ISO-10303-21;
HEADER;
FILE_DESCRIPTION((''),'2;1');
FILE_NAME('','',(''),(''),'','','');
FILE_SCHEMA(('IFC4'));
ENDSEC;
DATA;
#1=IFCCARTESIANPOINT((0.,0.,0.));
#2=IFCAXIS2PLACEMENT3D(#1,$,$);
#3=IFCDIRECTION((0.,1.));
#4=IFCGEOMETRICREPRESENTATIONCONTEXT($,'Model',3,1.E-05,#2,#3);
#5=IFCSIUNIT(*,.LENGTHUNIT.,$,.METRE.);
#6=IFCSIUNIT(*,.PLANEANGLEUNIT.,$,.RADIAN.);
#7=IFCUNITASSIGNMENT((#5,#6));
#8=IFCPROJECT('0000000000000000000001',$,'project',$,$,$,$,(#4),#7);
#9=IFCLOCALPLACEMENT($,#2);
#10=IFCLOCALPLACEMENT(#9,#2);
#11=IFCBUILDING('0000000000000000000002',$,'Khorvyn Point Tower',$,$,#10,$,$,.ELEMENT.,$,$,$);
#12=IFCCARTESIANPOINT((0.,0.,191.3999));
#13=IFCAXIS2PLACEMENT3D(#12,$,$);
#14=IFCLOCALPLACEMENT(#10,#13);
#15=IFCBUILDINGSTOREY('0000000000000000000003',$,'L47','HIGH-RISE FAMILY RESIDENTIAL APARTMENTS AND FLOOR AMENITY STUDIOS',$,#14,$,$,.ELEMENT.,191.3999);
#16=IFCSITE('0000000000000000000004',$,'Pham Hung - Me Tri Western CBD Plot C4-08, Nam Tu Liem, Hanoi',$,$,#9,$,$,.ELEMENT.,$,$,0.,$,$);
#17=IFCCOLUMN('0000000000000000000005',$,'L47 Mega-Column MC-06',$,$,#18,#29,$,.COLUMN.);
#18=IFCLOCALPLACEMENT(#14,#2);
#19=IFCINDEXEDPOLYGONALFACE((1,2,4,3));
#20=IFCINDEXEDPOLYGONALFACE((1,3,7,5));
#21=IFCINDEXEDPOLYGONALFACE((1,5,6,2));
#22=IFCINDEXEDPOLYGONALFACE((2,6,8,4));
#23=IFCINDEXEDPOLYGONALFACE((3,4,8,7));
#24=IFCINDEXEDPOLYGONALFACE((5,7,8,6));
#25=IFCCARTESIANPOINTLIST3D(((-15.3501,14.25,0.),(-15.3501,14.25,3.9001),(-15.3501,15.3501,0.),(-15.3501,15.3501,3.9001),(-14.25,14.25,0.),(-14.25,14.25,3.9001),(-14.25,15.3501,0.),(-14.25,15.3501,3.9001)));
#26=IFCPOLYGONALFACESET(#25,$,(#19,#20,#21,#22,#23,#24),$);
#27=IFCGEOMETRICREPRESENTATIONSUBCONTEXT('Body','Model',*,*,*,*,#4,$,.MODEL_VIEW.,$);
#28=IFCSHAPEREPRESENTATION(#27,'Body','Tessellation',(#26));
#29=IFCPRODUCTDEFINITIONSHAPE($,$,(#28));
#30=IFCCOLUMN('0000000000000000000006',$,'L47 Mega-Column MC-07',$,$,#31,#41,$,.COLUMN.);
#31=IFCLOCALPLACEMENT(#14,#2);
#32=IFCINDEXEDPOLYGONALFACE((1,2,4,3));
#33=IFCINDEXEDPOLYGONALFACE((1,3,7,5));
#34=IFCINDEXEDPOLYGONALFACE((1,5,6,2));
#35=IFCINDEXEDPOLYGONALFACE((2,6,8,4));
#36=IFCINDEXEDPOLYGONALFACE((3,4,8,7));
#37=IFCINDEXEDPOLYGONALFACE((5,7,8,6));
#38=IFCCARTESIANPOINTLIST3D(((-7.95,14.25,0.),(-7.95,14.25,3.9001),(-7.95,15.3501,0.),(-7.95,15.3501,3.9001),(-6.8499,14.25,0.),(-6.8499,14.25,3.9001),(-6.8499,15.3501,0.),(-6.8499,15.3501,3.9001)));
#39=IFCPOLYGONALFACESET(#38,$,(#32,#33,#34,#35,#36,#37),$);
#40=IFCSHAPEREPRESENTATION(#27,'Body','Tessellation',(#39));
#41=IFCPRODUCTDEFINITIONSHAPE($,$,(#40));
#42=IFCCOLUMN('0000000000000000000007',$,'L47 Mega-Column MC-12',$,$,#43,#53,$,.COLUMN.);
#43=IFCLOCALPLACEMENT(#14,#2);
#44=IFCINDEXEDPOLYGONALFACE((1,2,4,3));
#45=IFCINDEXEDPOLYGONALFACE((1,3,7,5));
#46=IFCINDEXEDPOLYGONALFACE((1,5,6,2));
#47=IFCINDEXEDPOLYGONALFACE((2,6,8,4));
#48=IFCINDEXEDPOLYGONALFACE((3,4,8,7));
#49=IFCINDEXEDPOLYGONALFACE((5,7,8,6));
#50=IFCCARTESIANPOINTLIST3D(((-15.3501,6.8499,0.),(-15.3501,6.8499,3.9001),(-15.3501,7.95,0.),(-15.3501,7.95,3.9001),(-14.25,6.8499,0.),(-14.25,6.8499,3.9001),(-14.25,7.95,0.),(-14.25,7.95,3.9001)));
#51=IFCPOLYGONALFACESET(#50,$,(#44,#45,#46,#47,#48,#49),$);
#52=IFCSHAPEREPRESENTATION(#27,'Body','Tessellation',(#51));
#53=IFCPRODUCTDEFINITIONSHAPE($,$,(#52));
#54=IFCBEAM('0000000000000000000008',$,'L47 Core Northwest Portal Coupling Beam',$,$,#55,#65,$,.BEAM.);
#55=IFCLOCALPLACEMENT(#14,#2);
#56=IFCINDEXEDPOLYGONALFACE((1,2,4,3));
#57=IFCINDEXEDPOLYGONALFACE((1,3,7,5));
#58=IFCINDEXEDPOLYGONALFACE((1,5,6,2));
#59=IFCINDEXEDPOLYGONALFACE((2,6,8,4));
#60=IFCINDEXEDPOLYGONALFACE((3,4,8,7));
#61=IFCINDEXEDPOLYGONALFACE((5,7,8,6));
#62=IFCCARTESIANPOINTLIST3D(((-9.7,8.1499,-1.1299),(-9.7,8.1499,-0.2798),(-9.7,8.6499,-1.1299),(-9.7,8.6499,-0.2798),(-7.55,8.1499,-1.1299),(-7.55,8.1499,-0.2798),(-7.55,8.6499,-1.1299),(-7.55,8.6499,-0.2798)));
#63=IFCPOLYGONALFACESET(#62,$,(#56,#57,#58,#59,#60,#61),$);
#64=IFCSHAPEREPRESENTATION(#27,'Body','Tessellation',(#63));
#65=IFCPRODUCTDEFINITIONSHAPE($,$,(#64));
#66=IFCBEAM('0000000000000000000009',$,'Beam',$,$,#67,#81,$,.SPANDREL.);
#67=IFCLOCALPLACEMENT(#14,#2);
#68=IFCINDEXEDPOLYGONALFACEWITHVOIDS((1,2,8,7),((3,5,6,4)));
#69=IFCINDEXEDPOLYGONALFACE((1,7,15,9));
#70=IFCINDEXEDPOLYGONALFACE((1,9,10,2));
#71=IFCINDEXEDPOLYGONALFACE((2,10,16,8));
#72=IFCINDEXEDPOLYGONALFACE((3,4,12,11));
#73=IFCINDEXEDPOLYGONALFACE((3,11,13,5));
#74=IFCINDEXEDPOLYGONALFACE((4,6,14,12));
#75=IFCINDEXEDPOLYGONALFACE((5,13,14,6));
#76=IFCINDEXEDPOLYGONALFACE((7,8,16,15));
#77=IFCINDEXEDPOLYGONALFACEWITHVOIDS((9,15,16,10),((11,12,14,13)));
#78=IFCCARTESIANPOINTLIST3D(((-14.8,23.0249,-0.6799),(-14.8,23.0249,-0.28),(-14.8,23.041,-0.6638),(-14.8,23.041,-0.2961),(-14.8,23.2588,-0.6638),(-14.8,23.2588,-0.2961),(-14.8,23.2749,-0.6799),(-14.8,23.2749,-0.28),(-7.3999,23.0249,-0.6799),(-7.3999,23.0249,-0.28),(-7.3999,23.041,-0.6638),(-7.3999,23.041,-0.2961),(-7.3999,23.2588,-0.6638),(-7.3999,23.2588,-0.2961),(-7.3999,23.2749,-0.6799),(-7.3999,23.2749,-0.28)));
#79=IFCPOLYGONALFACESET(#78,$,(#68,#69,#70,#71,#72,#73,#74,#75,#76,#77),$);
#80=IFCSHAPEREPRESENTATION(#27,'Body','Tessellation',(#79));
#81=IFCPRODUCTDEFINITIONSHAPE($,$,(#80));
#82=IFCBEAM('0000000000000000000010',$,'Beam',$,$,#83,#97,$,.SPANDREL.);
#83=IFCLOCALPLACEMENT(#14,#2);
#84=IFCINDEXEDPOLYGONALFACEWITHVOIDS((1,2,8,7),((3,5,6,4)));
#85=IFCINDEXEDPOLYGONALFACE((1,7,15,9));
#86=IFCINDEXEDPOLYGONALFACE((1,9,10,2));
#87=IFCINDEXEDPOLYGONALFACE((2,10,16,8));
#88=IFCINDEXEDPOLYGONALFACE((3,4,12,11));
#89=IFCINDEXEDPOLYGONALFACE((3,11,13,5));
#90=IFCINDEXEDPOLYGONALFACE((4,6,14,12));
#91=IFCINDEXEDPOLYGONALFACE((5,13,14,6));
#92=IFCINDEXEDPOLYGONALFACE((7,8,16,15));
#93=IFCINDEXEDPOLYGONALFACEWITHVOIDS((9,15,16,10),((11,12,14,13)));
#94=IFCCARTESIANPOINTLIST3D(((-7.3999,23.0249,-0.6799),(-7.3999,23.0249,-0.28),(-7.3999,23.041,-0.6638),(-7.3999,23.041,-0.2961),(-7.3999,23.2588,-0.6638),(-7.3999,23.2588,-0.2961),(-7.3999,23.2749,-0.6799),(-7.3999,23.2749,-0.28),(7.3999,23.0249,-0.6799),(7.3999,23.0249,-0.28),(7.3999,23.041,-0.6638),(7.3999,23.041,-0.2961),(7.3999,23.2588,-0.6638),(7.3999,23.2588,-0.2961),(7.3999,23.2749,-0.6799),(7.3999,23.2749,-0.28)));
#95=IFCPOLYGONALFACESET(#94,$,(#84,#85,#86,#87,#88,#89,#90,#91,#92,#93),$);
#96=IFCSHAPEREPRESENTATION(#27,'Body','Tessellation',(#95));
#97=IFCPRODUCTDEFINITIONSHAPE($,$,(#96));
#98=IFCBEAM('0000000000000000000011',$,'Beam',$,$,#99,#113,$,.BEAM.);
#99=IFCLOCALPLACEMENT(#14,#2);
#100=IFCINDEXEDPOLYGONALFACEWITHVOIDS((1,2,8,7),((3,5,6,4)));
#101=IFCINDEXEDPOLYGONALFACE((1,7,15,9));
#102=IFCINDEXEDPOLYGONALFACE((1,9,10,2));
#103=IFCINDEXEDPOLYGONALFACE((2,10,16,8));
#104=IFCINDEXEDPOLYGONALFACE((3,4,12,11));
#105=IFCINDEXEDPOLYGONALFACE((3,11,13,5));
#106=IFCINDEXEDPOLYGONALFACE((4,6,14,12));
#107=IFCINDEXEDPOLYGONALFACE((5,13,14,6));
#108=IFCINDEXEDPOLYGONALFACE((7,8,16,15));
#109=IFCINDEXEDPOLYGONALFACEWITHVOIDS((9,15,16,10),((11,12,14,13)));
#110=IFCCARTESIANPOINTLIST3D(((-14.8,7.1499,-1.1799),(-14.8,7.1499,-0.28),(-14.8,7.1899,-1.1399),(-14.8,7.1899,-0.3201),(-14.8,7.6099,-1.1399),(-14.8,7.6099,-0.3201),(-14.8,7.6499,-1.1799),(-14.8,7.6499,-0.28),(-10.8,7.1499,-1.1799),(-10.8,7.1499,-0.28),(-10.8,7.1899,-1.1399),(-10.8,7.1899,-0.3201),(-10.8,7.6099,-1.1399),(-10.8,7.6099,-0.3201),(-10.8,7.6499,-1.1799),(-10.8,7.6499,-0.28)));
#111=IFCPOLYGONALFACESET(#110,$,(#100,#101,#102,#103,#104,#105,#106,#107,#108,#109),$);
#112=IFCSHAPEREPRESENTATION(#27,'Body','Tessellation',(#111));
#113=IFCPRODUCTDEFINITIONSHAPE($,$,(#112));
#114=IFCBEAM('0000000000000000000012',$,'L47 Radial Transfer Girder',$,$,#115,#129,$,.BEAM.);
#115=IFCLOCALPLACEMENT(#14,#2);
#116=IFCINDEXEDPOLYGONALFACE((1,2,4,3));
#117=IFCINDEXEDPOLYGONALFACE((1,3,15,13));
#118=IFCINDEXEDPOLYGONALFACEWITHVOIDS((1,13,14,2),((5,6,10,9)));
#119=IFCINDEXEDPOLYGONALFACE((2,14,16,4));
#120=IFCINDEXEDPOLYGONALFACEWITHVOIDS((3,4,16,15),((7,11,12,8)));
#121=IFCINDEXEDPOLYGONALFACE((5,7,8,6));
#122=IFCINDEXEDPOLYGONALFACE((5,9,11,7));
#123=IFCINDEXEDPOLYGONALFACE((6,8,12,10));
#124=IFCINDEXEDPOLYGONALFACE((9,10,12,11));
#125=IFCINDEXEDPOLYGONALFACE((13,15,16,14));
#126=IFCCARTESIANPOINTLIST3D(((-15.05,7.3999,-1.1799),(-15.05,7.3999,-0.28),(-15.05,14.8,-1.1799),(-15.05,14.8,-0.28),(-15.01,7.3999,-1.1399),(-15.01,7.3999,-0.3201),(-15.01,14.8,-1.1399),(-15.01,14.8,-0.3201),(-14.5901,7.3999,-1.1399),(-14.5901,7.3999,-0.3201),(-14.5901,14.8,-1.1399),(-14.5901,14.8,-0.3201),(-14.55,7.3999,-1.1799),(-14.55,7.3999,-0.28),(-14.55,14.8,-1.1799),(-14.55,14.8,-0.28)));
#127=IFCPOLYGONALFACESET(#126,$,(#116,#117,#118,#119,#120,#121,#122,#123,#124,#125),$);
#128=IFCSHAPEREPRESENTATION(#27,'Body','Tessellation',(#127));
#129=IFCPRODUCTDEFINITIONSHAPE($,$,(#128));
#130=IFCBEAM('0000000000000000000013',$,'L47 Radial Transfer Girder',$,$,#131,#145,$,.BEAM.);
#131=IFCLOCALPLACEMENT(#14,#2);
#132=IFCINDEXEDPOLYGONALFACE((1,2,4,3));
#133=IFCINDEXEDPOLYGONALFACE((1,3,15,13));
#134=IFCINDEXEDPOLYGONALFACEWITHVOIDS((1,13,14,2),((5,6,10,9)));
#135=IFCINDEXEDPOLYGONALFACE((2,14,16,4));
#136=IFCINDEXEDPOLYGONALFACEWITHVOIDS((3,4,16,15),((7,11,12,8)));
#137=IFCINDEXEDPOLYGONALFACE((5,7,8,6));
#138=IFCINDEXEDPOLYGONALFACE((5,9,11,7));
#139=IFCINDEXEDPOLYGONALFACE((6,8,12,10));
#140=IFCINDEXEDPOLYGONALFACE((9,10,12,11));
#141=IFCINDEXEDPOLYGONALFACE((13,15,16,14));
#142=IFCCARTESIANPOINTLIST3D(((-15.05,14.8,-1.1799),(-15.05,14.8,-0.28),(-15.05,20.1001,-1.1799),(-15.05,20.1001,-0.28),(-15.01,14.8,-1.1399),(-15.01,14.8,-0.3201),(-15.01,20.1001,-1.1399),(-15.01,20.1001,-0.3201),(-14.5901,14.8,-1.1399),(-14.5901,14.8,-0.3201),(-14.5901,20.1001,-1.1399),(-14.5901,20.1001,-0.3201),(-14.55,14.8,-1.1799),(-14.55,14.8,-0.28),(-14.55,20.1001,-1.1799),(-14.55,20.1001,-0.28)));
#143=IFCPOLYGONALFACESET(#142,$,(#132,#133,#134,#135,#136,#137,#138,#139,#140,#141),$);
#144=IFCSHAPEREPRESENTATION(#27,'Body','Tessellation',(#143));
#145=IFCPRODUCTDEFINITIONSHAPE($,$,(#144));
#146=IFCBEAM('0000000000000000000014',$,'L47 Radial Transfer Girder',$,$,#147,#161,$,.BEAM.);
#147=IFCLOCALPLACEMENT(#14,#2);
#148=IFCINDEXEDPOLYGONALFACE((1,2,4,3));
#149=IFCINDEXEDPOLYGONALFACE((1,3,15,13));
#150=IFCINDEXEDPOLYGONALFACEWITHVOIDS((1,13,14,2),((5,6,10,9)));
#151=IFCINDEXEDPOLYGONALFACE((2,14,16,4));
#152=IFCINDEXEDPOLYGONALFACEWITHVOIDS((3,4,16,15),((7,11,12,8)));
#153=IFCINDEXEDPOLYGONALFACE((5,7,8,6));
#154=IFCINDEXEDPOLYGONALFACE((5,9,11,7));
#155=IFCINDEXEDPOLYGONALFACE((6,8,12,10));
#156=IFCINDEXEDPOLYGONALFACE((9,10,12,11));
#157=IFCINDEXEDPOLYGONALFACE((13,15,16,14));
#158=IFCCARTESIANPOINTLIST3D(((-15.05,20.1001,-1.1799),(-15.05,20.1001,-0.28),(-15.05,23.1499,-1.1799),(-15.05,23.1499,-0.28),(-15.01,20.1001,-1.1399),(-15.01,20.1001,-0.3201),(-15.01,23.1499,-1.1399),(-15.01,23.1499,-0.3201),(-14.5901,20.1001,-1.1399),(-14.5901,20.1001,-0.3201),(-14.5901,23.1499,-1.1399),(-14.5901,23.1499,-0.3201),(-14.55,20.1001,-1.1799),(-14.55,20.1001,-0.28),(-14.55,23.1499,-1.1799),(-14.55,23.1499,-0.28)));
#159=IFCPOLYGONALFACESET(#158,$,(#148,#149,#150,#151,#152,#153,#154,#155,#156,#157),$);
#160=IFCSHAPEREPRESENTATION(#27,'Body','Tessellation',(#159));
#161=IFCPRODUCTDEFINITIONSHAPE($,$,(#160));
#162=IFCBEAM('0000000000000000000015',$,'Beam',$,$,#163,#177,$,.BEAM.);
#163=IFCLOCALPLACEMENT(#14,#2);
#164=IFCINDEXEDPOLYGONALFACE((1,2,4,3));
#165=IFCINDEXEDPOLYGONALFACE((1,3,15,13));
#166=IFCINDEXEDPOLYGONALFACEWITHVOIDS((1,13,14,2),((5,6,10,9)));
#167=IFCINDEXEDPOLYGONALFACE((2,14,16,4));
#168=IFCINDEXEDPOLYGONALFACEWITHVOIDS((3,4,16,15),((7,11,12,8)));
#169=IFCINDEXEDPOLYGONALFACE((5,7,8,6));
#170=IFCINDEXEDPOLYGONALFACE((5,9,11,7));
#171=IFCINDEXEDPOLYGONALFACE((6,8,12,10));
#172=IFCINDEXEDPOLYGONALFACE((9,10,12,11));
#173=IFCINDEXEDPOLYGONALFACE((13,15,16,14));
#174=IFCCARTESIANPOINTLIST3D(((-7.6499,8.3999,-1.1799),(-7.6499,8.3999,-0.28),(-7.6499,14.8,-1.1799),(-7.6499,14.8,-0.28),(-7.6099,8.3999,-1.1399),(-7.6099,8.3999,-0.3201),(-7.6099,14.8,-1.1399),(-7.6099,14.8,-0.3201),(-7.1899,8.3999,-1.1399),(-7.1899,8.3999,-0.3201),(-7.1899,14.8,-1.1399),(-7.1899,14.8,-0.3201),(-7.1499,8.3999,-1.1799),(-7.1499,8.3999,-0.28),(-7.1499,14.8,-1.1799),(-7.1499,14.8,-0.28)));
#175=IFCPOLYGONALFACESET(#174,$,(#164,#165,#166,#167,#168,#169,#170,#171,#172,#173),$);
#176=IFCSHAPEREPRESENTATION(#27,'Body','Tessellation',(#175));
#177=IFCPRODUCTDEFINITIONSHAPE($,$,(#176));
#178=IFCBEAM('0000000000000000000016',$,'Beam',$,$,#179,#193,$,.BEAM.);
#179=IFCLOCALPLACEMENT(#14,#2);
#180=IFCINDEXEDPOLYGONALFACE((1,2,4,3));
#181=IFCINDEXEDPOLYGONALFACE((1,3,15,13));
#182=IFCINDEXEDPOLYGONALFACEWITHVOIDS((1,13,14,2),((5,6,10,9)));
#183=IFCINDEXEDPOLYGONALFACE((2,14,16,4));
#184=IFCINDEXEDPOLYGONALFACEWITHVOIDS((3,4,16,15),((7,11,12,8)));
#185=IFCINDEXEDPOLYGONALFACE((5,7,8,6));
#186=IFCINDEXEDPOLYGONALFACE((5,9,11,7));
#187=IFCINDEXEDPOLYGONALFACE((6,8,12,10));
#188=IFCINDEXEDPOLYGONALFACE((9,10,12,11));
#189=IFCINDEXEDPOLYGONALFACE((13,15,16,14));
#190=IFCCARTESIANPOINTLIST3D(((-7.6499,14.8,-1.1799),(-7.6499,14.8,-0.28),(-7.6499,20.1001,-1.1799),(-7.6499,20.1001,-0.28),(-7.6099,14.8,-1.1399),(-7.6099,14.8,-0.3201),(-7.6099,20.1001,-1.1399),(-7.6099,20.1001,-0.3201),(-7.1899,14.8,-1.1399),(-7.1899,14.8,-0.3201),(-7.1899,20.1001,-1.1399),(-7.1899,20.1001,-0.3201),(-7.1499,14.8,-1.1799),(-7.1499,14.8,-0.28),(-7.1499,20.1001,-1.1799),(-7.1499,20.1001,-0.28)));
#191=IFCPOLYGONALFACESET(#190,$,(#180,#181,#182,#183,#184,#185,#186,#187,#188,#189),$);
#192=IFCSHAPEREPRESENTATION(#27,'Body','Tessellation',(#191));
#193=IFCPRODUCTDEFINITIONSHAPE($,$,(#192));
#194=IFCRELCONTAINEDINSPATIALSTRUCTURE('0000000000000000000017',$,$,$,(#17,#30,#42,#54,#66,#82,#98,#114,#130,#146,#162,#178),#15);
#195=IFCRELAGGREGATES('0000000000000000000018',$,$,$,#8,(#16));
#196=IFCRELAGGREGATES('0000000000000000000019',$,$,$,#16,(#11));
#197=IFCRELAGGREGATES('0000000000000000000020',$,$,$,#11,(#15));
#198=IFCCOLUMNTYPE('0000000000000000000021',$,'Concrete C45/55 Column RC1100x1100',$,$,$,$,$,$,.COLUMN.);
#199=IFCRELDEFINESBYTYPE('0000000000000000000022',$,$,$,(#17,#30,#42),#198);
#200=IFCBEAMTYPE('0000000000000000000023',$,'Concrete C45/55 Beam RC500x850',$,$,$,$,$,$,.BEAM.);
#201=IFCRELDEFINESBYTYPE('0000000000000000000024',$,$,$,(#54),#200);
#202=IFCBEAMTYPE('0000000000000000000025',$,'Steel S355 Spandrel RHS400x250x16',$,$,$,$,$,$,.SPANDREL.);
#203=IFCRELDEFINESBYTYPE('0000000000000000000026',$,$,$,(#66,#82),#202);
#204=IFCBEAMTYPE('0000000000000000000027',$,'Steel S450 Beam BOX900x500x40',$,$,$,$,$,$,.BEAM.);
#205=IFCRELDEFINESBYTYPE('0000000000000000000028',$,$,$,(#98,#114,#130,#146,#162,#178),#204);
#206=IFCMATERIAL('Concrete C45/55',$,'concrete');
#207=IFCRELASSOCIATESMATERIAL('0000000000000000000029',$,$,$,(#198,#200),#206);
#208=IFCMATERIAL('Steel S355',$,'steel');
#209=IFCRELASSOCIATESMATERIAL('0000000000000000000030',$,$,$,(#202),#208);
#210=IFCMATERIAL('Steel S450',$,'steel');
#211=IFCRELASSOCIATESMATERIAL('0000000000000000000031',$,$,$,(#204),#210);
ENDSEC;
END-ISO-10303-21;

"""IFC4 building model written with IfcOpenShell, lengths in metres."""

from ifc_helpers import new_model, si_unit, direction, frame, origin, origin_2d, place, context, subcontext, project, spatial, rectangle, hollow_rectangle, extrude, material, material_profile, profile_set, type_object, element, save


model = new_model("IFC4")

# Units and contexts
model_context = context("Model", 3, precision=1e-05, world=origin(), true_north=direction((0.0, 1.0)))
body_context = subcontext(model_context, "Body", "Model", "MODEL_VIEW")
ifc_project = project(units=[si_unit("LENGTHUNIT", "METRE"), si_unit("PLANEANGLEUNIT", "RADIAN")], contexts=[model_context])

# Site, building, storey
site_placement = place(None, origin())
site = spatial("IfcSite", under=ifc_project, at=site_placement, Name="Pham Hung - Me Tri Western CBD Plot C4-08, Nam Tu Liem, Hanoi", CompositionType="ELEMENT", RefElevation=0.0)
building_placement = place(site_placement, origin())
building = spatial("IfcBuilding", under=site, at=building_placement, Name="Khorvyn Point Tower", CompositionType="ELEMENT")
storey_placement = place(building_placement, frame((0.0, 0.0, 191.3999)))
storey = spatial("IfcBuildingStorey", under=building, at=storey_placement, Name="L47", Description="HIGH-RISE FAMILY RESIDENTIAL APARTMENTS AND FLOOR AMENITY STUDIOS", CompositionType="ELEMENT", Elevation=191.3999)

# Columns
ifc_material_1 = material(Name="Concrete C45/55", Category="concrete")
ifc_material_profile_1 = material_profile(ifc_material_1, rectangle(XDim=1.1001, YDim=1.1001, at=origin_2d()))
ifc_profile_set_1 = profile_set([ifc_material_profile_1], Name="Concrete C45/55 RC1100x1100")
column_type = type_object("IfcColumnType", Name="Concrete C45/55 Column RC1100x1100", PredefinedType="COLUMN", material=ifc_profile_set_1)
for number, where, z_axis, x_axis, name in (
    (1, (-14.8, 14.8, 0.0), (0.0, 0.0, 1.0), (1.0, 0.0, 0.0), "L47 Mega-Column MC-06"),
    (2, (-7.3999, 14.8, 0.0), (0.0, 0.0, 1.0), (1.0, 0.0, 0.0), "L47 Mega-Column MC-07"),
    (3, (-14.8, 7.3999, 0.0), (0.0, 0.0, 1.0), (1.0, 0.0, 0.0), "L47 Mega-Column MC-12"),
):
    element("IfcColumn", number, at=place(storey_placement, frame(where, z_axis=z_axis, x_axis=x_axis)), inside=storey, type_object=column_type, Name=name, PredefinedType="COLUMN", context=body_context, shape_type="SweptSolid", body=[
        extrude(rectangle(XDim=1.1001, YDim=1.1001, at=origin_2d()), origin(), (0.0, 0.0, 1.0), 3.9001),
    ])

# Beams
ifc_material_profile_2 = material_profile(ifc_material_1, rectangle(XDim=0.5, YDim=0.8501, at=origin_2d()))
ifc_profile_set_2 = profile_set([ifc_material_profile_2], Name="Concrete C45/55 RC500x850")
beam_type_1 = type_object("IfcBeamType", Name="Concrete C45/55 Beam RC500x850", PredefinedType="BEAM", material=ifc_profile_set_2)
beam_1_placement = place(storey_placement, frame((-9.7, 8.3999, -0.7048), z_axis=(1.0, 0.0, 0.0), x_axis=(0.0, 1.0, 0.0)))
element("IfcBeam", 4, at=beam_1_placement, inside=storey, type_object=beam_type_1, Name="L47 Core Northwest Portal Coupling Beam", PredefinedType="BEAM", context=body_context, shape_type="SweptSolid", body=[
    extrude(rectangle(XDim=0.5, YDim=0.8501, at=origin_2d()), origin(), (0.0, 0.0, 1.0), 2.1499),
])
ifc_material_2 = material(Name="Steel S355", Category="steel")
ifc_material_profile_3 = material_profile(ifc_material_2, hollow_rectangle(XDim=0.25, YDim=0.3999, WallThickness=0.0161, at=origin_2d()))
ifc_profile_set_3 = profile_set([ifc_material_profile_3], Name="Steel S355 RHS400x250x16")
beam_type_2 = type_object("IfcBeamType", Name="Steel S355 Spandrel RHS400x250x16", PredefinedType="SPANDREL", material=ifc_profile_set_3)
beam_2_placement = place(storey_placement, frame((-14.8, 23.1499, -0.48), z_axis=(1.0, 0.0, 0.0), x_axis=(0.0, 1.0, 0.0)))
element("IfcBeam", 5, at=beam_2_placement, inside=storey, type_object=beam_type_2, Name="Beam", PredefinedType="SPANDREL", context=body_context, shape_type="SweptSolid", body=[
    extrude(hollow_rectangle(XDim=0.25, YDim=0.3999, WallThickness=0.0161, at=origin_2d()), origin(), (0.0, 0.0, 1.0), 7.4001),
])
beam_3_placement = place(storey_placement, frame((-7.3999, 23.1499, -0.48), z_axis=(1.0, 0.0, 0.0), x_axis=(0.0, 1.0, 0.0)))
element("IfcBeam", 6, at=beam_3_placement, inside=storey, type_object=beam_type_2, Name="Beam", PredefinedType="SPANDREL", context=body_context, shape_type="SweptSolid", body=[
    extrude(hollow_rectangle(XDim=0.25, YDim=0.3999, WallThickness=0.0161, at=origin_2d()), origin(), (0.0, 0.0, 1.0), 14.7998),
])
ifc_material_3 = material(Name="Steel S450", Category="steel")
ifc_material_profile_4 = material_profile(ifc_material_3, hollow_rectangle(XDim=0.5, YDim=0.8999, WallThickness=0.04, at=origin_2d()))
ifc_profile_set_4 = profile_set([ifc_material_profile_4], Name="Steel S450 BOX900x500x40")
beam_type_3 = type_object("IfcBeamType", Name="Steel S450 Beam BOX900x500x40", PredefinedType="BEAM", material=ifc_profile_set_4)
beam_4_placement = place(storey_placement, frame((-14.8, 7.3999, -0.73), z_axis=(1.0, 0.0, 0.0), x_axis=(0.0, 1.0, 0.0)))
element("IfcBeam", 7, at=beam_4_placement, inside=storey, type_object=beam_type_3, Name="Beam", PredefinedType="BEAM", context=body_context, shape_type="SweptSolid", body=[
    extrude(hollow_rectangle(XDim=0.5, YDim=0.8999, WallThickness=0.04, at=origin_2d()), origin(), (0.0, 0.0, 1.0), 4.0),
])
beam_5_placement = place(storey_placement, frame((-14.8, 7.3999, -0.73), z_axis=(0.0, 1.0, 0.0), x_axis=(-1.0, 0.0, 0.0)))
element("IfcBeam", 8, at=beam_5_placement, inside=storey, type_object=beam_type_3, Name="L47 Radial Transfer Girder", PredefinedType="BEAM", context=body_context, shape_type="SweptSolid", body=[
    extrude(hollow_rectangle(XDim=0.5, YDim=0.8999, WallThickness=0.04, at=origin_2d()), origin(), (0.0, 0.0, 1.0), 7.4001),
])
beam_6_placement = place(storey_placement, frame((-14.8, 14.8, -0.73), z_axis=(0.0, 1.0, 0.0), x_axis=(-1.0, 0.0, 0.0)))
element("IfcBeam", 9, at=beam_6_placement, inside=storey, type_object=beam_type_3, Name="L47 Radial Transfer Girder", PredefinedType="BEAM", context=body_context, shape_type="SweptSolid", body=[
    extrude(hollow_rectangle(XDim=0.5, YDim=0.8999, WallThickness=0.04, at=origin_2d()), origin(), (0.0, 0.0, 1.0), 5.3),
])
beam_7_placement = place(storey_placement, frame((-14.8, 20.1001, -0.73), z_axis=(0.0, 1.0, 0.0), x_axis=(-1.0, 0.0, 0.0)))
element("IfcBeam", 10, at=beam_7_placement, inside=storey, type_object=beam_type_3, Name="L47 Radial Transfer Girder", PredefinedType="BEAM", context=body_context, shape_type="SweptSolid", body=[
    extrude(hollow_rectangle(XDim=0.5, YDim=0.8999, WallThickness=0.04, at=origin_2d()), origin(), (0.0, 0.0, 1.0), 3.0498),
])
beam_8_placement = place(storey_placement, frame((-7.3999, 8.3999, -0.73), z_axis=(0.0, 1.0, 0.0), x_axis=(-1.0, 0.0, 0.0)))
element("IfcBeam", 11, at=beam_8_placement, inside=storey, type_object=beam_type_3, Name="Beam", PredefinedType="BEAM", context=body_context, shape_type="SweptSolid", body=[
    extrude(hollow_rectangle(XDim=0.5, YDim=0.8999, WallThickness=0.04, at=origin_2d()), origin(), (0.0, 0.0, 1.0), 6.4001),
])
beam_9_placement = place(storey_placement, frame((-7.3999, 14.8, -0.73), z_axis=(0.0, 1.0, 0.0), x_axis=(-1.0, 0.0, 0.0)))
element("IfcBeam", 12, at=beam_9_placement, inside=storey, type_object=beam_type_3, Name="Beam", PredefinedType="BEAM", context=body_context, shape_type="SweptSolid", body=[
    extrude(hollow_rectangle(XDim=0.5, YDim=0.8999, WallThickness=0.04, at=origin_2d()), origin(), (0.0, 0.0, 1.0), 5.3),
])

save(model, "model.ifc")
